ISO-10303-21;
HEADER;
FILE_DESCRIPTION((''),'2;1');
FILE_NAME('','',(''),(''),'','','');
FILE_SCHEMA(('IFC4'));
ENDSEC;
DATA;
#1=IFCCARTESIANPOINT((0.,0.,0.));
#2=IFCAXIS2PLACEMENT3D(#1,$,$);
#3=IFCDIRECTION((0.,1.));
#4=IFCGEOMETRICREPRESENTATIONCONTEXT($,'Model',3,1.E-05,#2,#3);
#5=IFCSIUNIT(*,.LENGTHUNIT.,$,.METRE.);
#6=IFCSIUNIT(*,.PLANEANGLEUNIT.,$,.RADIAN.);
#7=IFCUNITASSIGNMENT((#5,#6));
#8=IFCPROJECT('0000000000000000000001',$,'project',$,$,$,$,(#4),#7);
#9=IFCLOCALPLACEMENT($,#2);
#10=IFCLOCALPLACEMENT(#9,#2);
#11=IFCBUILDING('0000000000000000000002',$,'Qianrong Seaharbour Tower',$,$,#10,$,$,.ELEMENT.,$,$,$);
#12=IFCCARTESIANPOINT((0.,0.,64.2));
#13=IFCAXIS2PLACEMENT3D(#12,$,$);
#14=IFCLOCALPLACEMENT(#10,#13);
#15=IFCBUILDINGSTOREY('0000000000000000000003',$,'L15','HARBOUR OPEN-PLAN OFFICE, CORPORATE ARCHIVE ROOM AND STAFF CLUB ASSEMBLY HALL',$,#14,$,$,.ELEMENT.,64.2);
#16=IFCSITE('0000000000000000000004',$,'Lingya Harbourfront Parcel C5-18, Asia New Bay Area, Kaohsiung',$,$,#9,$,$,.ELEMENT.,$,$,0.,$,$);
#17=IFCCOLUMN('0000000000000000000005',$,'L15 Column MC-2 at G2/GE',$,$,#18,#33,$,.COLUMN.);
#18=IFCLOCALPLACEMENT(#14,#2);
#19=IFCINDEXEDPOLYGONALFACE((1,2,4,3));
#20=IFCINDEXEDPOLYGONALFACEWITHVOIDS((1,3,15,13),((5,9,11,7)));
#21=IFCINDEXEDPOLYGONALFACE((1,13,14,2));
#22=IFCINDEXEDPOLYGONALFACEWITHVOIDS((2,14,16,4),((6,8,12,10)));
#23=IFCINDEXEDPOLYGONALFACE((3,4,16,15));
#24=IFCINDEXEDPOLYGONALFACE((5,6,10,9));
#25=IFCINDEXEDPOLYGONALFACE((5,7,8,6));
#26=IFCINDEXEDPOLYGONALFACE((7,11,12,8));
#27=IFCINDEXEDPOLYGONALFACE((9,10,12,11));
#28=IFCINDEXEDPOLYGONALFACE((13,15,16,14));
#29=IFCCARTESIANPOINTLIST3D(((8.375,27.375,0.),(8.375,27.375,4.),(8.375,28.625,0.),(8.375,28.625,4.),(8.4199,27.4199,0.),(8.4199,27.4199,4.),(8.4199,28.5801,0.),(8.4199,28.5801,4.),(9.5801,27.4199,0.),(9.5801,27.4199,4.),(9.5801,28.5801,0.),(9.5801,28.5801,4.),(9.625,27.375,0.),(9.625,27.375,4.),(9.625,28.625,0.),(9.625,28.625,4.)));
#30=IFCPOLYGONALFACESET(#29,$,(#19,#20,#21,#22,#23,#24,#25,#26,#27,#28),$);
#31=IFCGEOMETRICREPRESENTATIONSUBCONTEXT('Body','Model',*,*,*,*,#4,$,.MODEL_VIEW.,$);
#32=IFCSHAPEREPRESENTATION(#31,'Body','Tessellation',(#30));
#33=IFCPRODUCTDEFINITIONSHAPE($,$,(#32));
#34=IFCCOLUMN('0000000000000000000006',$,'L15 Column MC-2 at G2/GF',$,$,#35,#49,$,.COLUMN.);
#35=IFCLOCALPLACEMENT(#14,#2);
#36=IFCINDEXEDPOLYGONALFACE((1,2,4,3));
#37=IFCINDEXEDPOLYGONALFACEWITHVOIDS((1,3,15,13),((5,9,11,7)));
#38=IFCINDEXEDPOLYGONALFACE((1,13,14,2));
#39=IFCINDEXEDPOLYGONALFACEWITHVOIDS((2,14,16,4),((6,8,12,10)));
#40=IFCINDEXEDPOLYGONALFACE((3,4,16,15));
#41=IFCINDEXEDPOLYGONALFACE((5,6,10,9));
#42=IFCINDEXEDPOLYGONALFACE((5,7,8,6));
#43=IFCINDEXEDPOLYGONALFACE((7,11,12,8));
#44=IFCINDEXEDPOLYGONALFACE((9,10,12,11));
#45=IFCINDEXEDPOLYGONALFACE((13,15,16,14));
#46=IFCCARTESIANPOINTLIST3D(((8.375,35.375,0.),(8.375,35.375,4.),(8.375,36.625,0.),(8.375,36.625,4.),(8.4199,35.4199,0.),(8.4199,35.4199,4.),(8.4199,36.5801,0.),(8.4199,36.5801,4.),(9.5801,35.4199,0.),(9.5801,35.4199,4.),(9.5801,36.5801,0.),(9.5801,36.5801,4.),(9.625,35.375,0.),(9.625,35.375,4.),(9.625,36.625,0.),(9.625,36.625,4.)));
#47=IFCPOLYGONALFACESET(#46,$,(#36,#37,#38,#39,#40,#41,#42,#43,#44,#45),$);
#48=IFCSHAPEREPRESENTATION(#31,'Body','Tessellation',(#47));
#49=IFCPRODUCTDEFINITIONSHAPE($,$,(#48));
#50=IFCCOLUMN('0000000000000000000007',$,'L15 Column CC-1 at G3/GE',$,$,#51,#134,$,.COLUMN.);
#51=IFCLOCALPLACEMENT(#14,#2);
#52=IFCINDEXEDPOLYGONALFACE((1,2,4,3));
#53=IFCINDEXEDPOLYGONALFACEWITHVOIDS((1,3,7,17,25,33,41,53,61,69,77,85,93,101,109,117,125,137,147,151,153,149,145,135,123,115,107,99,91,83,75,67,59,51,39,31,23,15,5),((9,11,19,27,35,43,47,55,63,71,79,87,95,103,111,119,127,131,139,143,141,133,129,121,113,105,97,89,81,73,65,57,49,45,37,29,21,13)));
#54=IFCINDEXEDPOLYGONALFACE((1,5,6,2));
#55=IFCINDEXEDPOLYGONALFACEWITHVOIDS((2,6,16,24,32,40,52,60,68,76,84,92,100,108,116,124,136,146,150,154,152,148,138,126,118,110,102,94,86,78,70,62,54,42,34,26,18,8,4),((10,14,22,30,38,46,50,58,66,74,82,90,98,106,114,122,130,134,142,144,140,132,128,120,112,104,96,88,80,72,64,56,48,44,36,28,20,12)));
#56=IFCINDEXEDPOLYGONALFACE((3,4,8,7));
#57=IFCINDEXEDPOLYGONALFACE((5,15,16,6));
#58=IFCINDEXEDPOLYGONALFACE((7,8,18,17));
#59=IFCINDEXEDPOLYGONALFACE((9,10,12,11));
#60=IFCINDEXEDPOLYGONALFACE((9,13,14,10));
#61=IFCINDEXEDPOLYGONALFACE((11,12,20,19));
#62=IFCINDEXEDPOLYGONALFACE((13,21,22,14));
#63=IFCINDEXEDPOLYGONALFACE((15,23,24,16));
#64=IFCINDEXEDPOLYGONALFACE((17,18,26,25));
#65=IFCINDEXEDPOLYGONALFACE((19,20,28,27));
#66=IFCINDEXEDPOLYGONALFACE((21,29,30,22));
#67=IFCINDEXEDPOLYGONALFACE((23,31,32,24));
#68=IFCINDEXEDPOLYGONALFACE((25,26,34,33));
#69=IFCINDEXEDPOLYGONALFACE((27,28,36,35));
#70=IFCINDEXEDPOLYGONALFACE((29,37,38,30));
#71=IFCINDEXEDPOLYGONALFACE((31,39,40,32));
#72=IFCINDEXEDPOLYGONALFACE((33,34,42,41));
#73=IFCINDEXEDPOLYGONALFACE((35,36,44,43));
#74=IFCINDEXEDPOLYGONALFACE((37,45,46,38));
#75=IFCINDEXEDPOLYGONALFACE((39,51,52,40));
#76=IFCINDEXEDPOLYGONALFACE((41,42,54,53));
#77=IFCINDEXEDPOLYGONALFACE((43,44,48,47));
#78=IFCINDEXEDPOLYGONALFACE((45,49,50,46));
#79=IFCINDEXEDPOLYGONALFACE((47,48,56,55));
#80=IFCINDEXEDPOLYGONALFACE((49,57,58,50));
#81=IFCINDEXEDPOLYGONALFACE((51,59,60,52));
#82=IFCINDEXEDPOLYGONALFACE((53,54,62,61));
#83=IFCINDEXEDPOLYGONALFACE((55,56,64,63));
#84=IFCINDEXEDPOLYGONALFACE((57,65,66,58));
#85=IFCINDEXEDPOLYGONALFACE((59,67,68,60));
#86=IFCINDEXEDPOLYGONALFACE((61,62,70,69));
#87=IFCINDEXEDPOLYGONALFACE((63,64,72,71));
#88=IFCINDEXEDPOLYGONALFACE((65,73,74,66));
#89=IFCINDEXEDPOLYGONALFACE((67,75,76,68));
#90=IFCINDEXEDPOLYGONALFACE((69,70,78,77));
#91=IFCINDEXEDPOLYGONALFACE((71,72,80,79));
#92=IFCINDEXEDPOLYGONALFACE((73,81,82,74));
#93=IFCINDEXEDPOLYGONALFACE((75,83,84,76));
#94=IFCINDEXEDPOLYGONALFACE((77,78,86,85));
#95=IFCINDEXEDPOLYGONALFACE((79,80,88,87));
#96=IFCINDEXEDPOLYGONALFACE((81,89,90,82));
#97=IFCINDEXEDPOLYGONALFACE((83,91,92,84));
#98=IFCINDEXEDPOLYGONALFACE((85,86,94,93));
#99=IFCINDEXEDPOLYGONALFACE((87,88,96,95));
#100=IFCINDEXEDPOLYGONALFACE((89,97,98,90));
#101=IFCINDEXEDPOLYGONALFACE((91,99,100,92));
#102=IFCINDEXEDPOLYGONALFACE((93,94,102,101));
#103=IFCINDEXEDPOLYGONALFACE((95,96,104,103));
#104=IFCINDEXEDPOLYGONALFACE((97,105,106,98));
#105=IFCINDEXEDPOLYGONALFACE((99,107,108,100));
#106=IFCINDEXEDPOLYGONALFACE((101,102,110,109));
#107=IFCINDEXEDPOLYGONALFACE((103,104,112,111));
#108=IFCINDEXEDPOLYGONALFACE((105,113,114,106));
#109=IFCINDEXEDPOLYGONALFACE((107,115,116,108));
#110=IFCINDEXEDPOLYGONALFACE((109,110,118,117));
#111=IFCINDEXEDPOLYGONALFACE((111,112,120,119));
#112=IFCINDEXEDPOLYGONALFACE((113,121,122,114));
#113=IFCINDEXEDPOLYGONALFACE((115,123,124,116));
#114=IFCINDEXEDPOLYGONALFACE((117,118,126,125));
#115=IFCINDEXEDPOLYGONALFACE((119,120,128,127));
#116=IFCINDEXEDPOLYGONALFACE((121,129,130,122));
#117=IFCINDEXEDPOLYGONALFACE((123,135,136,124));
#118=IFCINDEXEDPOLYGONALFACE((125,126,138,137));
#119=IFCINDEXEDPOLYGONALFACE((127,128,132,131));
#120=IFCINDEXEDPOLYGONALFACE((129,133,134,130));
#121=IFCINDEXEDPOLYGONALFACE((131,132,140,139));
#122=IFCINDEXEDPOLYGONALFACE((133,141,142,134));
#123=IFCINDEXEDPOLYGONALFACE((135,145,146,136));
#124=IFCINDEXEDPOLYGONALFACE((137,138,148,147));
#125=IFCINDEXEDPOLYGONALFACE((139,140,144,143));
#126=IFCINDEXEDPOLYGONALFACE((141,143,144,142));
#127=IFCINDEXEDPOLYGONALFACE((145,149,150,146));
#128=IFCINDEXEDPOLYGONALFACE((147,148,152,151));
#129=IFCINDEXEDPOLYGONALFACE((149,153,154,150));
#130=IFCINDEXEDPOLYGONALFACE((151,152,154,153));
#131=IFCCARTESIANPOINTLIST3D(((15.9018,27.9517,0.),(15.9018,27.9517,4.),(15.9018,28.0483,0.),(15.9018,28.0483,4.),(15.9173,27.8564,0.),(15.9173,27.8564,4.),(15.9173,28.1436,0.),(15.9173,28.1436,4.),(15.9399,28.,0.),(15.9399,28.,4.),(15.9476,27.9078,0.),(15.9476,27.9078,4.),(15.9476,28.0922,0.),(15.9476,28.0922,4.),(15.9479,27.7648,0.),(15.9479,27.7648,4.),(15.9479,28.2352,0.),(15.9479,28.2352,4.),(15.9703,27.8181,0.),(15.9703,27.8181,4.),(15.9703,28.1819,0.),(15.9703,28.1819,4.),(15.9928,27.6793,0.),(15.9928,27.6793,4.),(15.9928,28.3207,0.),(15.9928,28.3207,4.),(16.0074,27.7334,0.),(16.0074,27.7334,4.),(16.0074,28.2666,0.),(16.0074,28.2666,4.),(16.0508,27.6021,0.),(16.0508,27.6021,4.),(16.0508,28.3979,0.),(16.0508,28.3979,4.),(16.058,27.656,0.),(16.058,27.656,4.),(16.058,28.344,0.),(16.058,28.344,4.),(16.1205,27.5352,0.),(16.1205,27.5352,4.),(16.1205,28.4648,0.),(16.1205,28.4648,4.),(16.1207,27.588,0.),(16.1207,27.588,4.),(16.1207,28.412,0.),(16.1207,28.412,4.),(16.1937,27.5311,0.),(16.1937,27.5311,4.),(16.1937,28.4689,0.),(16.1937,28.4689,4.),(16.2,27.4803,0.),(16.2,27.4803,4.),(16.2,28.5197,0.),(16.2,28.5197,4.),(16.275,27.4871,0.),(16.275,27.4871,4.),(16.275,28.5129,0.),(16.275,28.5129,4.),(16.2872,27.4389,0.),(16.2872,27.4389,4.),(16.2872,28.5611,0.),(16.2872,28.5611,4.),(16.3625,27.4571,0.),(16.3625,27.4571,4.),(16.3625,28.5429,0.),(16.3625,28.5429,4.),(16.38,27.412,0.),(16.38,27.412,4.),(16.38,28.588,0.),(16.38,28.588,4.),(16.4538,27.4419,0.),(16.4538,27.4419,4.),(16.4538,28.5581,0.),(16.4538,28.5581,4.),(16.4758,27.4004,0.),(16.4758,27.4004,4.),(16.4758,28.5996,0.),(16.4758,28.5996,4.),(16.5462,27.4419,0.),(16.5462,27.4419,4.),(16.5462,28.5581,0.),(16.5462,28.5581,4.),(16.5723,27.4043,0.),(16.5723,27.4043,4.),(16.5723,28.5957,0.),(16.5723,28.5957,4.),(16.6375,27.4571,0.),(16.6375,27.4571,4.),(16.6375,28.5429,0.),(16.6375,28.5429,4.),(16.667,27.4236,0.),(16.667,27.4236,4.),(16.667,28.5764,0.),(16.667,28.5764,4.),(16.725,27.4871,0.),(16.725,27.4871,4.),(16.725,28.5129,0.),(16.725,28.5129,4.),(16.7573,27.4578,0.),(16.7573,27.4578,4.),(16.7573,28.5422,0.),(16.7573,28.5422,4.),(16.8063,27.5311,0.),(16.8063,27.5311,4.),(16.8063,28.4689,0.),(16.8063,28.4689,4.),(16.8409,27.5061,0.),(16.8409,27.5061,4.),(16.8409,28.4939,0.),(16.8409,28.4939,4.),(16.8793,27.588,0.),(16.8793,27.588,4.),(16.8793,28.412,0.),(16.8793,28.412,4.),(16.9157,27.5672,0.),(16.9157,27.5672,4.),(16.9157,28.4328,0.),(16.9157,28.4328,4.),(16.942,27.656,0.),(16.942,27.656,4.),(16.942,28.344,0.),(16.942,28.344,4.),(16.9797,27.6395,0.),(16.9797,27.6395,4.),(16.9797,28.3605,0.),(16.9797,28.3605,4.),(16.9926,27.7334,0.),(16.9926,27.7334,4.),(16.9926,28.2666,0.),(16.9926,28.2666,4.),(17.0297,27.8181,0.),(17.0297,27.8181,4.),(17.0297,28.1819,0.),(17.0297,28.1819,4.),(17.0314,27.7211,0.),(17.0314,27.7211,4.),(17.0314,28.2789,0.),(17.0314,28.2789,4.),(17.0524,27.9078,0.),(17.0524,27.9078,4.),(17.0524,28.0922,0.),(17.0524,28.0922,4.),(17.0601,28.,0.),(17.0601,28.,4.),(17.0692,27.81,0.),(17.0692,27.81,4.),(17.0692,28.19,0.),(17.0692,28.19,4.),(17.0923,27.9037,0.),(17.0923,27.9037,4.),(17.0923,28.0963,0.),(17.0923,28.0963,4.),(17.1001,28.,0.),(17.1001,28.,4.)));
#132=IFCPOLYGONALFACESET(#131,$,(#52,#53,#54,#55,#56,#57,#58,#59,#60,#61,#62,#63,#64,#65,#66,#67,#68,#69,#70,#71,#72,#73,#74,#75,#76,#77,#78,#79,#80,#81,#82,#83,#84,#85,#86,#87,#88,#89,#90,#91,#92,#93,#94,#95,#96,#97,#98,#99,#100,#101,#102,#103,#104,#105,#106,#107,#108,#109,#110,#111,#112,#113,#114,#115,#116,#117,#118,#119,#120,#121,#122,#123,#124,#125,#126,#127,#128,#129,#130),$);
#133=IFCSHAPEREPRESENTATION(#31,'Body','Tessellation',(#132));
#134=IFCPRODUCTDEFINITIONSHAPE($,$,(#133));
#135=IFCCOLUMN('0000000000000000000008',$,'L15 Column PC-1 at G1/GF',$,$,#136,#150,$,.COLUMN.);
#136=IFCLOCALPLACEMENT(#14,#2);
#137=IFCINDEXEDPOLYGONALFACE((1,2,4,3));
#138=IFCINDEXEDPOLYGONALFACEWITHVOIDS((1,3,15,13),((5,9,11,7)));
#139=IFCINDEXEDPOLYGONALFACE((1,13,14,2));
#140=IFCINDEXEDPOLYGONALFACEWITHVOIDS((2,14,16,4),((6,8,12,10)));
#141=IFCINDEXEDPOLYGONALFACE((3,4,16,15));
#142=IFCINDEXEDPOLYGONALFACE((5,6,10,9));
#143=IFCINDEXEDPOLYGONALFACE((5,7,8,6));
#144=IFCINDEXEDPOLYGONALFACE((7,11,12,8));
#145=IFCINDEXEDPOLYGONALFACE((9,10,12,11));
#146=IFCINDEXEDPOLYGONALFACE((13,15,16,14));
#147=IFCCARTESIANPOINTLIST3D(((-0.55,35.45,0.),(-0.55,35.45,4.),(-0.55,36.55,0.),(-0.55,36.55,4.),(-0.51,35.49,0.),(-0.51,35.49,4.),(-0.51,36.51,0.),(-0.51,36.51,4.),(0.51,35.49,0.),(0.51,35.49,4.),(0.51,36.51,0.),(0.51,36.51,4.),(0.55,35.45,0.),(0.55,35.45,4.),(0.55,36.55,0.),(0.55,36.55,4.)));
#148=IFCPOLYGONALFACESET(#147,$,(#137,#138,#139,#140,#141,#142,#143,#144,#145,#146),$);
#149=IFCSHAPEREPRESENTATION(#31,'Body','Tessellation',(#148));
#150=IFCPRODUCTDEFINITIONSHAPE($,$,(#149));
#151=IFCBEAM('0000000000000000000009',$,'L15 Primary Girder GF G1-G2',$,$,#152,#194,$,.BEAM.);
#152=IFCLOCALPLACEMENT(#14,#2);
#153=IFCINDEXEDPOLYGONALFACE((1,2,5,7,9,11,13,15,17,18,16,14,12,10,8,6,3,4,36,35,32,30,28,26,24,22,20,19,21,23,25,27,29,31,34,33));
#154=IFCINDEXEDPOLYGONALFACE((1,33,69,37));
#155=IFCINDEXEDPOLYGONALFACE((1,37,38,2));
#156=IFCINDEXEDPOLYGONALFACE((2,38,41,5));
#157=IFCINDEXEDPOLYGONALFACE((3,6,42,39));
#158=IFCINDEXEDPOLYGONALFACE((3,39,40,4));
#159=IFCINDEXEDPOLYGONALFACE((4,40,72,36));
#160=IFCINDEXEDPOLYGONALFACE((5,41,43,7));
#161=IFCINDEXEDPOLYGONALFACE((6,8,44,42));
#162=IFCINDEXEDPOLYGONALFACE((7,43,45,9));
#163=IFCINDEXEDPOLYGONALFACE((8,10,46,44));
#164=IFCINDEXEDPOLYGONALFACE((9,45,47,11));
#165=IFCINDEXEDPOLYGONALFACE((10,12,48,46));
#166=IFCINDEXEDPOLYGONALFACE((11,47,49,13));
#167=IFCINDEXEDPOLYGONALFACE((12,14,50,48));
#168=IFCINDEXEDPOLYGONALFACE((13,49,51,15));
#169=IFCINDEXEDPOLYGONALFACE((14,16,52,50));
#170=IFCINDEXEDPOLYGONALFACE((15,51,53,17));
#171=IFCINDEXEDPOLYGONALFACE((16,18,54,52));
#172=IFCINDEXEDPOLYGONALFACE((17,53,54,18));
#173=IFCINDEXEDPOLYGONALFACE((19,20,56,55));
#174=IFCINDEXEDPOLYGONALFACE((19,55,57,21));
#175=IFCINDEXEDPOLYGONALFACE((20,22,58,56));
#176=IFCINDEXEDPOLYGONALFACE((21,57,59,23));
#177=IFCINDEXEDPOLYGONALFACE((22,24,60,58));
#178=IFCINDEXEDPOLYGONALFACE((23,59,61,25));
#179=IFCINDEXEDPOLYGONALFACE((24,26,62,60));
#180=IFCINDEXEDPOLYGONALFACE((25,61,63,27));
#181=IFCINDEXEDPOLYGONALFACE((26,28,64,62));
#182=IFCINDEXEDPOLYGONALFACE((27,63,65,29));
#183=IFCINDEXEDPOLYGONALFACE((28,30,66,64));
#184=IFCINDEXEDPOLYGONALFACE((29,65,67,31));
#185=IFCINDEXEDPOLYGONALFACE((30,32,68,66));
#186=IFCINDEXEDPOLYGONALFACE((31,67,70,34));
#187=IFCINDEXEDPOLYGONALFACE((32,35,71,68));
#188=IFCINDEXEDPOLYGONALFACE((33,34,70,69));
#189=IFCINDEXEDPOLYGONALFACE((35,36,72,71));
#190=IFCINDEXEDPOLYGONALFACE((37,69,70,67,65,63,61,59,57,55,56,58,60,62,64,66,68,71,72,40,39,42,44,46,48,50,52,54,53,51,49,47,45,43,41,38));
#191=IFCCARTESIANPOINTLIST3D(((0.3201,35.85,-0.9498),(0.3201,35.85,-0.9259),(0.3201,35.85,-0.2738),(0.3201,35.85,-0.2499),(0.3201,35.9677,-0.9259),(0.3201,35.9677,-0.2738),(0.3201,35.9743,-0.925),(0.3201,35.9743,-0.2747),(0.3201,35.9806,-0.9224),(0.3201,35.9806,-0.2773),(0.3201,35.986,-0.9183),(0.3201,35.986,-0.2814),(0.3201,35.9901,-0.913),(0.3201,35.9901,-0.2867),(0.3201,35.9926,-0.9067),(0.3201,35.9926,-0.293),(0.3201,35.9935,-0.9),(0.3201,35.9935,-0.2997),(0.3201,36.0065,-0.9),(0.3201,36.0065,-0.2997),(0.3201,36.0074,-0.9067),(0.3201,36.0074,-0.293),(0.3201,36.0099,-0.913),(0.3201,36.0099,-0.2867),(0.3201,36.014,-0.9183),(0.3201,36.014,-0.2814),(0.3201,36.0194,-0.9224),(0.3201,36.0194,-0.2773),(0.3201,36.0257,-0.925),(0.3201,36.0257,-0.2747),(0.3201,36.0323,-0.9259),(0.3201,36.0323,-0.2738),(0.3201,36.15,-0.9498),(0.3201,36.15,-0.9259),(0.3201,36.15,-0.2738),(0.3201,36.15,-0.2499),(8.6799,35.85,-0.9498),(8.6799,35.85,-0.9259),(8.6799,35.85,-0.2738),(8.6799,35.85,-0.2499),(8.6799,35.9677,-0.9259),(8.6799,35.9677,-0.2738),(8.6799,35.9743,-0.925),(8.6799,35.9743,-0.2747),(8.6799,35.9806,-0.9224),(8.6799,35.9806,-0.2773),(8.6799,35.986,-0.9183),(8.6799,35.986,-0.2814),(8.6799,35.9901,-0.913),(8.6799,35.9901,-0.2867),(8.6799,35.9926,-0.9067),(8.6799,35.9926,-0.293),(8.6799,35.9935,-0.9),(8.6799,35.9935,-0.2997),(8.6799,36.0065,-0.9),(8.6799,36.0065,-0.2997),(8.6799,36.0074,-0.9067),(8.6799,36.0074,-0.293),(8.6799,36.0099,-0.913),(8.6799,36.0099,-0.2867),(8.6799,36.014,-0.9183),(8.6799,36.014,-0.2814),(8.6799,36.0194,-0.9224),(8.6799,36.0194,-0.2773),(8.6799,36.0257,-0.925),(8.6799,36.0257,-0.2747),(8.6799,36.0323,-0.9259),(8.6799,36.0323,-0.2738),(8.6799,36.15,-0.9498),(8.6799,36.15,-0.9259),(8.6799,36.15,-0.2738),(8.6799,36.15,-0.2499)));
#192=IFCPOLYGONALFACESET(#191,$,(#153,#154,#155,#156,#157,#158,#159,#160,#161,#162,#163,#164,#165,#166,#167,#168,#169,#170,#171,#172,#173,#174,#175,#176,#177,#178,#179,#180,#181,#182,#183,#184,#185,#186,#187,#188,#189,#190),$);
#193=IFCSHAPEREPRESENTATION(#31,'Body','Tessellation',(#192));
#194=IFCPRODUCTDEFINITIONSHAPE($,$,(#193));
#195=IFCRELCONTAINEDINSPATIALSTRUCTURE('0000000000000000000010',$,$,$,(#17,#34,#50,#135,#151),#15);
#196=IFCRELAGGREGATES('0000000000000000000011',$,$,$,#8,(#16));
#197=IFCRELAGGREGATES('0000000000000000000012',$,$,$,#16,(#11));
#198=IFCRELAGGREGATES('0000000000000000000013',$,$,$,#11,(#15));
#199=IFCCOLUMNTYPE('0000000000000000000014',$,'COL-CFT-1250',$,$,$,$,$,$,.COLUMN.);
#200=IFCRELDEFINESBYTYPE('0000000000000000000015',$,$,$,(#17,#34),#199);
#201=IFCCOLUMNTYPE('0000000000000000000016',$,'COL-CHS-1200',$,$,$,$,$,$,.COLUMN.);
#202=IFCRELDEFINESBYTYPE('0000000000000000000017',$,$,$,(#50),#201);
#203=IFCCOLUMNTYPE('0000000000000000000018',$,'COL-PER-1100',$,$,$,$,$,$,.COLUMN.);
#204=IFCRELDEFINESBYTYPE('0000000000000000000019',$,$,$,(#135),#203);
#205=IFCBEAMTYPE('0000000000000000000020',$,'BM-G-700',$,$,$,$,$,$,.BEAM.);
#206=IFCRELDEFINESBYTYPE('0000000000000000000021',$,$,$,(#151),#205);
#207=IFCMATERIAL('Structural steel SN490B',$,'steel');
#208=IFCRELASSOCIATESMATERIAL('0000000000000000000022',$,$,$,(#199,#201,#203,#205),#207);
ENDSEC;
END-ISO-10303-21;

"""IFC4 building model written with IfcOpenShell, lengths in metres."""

from ifc_helpers import new_model, si_unit, direction, frame, origin, origin_2d, place, context, subcontext, project, spatial, hollow_rectangle, hollow_circle, i_section, extrude, material, material_profile, profile_set, type_object, element, save


model = new_model("IFC4")

# Units and contexts
model_context = context("Model", 3, precision=1e-05, world=origin(), true_north=direction((0.0, 1.0)))
body_context = subcontext(model_context, "Body", "Model", "MODEL_VIEW")
ifc_project = project(units=[si_unit("LENGTHUNIT", "METRE"), si_unit("PLANEANGLEUNIT", "RADIAN")], contexts=[model_context])

# Site, building, storey
site_placement = place(None, origin())
site = spatial("IfcSite", under=ifc_project, at=site_placement, Name="Lingya Harbourfront Parcel C5-18, Asia New Bay Area, Kaohsiung", CompositionType="ELEMENT", RefElevation=0.0)
building_placement = place(site_placement, origin())
building = spatial("IfcBuilding", under=site, at=building_placement, Name="Qianrong Seaharbour Tower", CompositionType="ELEMENT")
storey_placement = place(building_placement, frame((0.0, 0.0, 64.2)))
storey = spatial("IfcBuildingStorey", under=building, at=storey_placement, Name="L15", Description="HARBOUR OPEN-PLAN OFFICE, CORPORATE ARCHIVE ROOM AND STAFF CLUB ASSEMBLY HALL", CompositionType="ELEMENT", Elevation=64.2)

# Columns
ifc_material_1 = material(Name="Structural steel SN490B", Category="steel")
ifc_material_profile_1 = material_profile(ifc_material_1, hollow_rectangle(XDim=1.25, YDim=1.25, WallThickness=0.0449, at=origin_2d()), Name="BOX1250x1250x45")
ifc_profile_set_1 = profile_set([ifc_material_profile_1], Name="Structural steel SN490B")
column_type_1 = type_object("IfcColumnType", Name="COL-CFT-1250", PredefinedType="COLUMN", material=ifc_profile_set_1)
for number, where, z_axis, x_axis, name in (
    (1, (9.0, 28.0, 0.0), (0.0, 0.0, 1.0), (1.0, 0.0, 0.0), "L15 Column MC-2 at G2/GE"),
    (2, (9.0, 36.0, 0.0), (0.0, 0.0, 1.0), (1.0, 0.0, 0.0), "L15 Column MC-2 at G2/GF"),
):
    element("IfcColumn", number, at=place(storey_placement, frame(where, z_axis=z_axis, x_axis=x_axis)), inside=storey, type_object=column_type_1, Name=name, PredefinedType="COLUMN", context=body_context, shape_type="SweptSolid", body=[
        extrude(hollow_rectangle(XDim=1.25, YDim=1.25, WallThickness=0.0449, at=origin_2d()), origin(), (0.0, 0.0, 1.0), 4.0),
    ])
ifc_material_profile_2 = material_profile(ifc_material_1, hollow_circle(Radius=0.6001, WallThickness=0.04, at=origin_2d()), Name="CHS1200x40")
ifc_profile_set_2 = profile_set([ifc_material_profile_2], Name="Structural steel SN490B")
column_type_2 = type_object("IfcColumnType", Name="COL-CHS-1200", PredefinedType="COLUMN", material=ifc_profile_set_2)
column_1_placement = place(storey_placement, frame((16.5, 28.0, 0.0), z_axis=(0.0, 0.0, 1.0), x_axis=(1.0, 0.0, 0.0)))
element("IfcColumn", 3, at=column_1_placement, inside=storey, type_object=column_type_2, Name="L15 Column CC-1 at G3/GE", PredefinedType="COLUMN", context=body_context, shape_type="SweptSolid", body=[
    extrude(hollow_circle(Radius=0.6001, WallThickness=0.04, at=origin_2d()), origin(), (0.0, 0.0, 1.0), 4.0),
])
ifc_material_profile_3 = material_profile(ifc_material_1, hollow_rectangle(XDim=1.1001, YDim=1.1001, WallThickness=0.04, at=origin_2d()), Name="BOX1100x1100x40")
ifc_profile_set_3 = profile_set([ifc_material_profile_3], Name="Structural steel SN490B")
column_type_3 = type_object("IfcColumnType", Name="COL-PER-1100", PredefinedType="COLUMN", material=ifc_profile_set_3)
column_2_placement = place(storey_placement, frame((0.0, 36.0, 0.0), z_axis=(0.0, 0.0, 1.0), x_axis=(1.0, 0.0, 0.0)))
element("IfcColumn", 4, at=column_2_placement, inside=storey, type_object=column_type_3, Name="L15 Column PC-1 at G1/GF", PredefinedType="COLUMN", context=body_context, shape_type="SweptSolid", body=[
    extrude(hollow_rectangle(XDim=1.1001, YDim=1.1001, WallThickness=0.04, at=origin_2d()), origin(), (0.0, 0.0, 1.0), 4.0),
])

# Beam
ifc_material_profile_4 = material_profile(ifc_material_1, i_section(OverallWidth=0.3, OverallDepth=0.7, WebThickness=0.0129, FlangeThickness=0.0239, FilletRadius=0.0259, at=origin_2d()), Name="H700x300x13x24")
ifc_profile_set_4 = profile_set([ifc_material_profile_4], Name="Structural steel SN490B")
beam_type_1 = type_object("IfcBeamType", Name="BM-G-700", PredefinedType="BEAM", material=ifc_profile_set_4)
beam_1_placement = place(storey_placement, frame((0.3201, 36.0, -0.5999), z_axis=(1.0, 0.0, 0.0), x_axis=(0.0, 1.0, 0.0)))
element("IfcBeam", 5, at=beam_1_placement, inside=storey, type_object=beam_type_1, Name="L15 Primary Girder GF G1-G2", PredefinedType="BEAM", context=body_context, shape_type="SweptSolid", body=[
    extrude(i_section(OverallWidth=0.3, OverallDepth=0.7, WebThickness=0.0129, FlangeThickness=0.0239, FilletRadius=0.0259, at=origin_2d()), origin(), (0.0, 0.0, 1.0), 8.3599),
])

save(model, "model.ifc")
